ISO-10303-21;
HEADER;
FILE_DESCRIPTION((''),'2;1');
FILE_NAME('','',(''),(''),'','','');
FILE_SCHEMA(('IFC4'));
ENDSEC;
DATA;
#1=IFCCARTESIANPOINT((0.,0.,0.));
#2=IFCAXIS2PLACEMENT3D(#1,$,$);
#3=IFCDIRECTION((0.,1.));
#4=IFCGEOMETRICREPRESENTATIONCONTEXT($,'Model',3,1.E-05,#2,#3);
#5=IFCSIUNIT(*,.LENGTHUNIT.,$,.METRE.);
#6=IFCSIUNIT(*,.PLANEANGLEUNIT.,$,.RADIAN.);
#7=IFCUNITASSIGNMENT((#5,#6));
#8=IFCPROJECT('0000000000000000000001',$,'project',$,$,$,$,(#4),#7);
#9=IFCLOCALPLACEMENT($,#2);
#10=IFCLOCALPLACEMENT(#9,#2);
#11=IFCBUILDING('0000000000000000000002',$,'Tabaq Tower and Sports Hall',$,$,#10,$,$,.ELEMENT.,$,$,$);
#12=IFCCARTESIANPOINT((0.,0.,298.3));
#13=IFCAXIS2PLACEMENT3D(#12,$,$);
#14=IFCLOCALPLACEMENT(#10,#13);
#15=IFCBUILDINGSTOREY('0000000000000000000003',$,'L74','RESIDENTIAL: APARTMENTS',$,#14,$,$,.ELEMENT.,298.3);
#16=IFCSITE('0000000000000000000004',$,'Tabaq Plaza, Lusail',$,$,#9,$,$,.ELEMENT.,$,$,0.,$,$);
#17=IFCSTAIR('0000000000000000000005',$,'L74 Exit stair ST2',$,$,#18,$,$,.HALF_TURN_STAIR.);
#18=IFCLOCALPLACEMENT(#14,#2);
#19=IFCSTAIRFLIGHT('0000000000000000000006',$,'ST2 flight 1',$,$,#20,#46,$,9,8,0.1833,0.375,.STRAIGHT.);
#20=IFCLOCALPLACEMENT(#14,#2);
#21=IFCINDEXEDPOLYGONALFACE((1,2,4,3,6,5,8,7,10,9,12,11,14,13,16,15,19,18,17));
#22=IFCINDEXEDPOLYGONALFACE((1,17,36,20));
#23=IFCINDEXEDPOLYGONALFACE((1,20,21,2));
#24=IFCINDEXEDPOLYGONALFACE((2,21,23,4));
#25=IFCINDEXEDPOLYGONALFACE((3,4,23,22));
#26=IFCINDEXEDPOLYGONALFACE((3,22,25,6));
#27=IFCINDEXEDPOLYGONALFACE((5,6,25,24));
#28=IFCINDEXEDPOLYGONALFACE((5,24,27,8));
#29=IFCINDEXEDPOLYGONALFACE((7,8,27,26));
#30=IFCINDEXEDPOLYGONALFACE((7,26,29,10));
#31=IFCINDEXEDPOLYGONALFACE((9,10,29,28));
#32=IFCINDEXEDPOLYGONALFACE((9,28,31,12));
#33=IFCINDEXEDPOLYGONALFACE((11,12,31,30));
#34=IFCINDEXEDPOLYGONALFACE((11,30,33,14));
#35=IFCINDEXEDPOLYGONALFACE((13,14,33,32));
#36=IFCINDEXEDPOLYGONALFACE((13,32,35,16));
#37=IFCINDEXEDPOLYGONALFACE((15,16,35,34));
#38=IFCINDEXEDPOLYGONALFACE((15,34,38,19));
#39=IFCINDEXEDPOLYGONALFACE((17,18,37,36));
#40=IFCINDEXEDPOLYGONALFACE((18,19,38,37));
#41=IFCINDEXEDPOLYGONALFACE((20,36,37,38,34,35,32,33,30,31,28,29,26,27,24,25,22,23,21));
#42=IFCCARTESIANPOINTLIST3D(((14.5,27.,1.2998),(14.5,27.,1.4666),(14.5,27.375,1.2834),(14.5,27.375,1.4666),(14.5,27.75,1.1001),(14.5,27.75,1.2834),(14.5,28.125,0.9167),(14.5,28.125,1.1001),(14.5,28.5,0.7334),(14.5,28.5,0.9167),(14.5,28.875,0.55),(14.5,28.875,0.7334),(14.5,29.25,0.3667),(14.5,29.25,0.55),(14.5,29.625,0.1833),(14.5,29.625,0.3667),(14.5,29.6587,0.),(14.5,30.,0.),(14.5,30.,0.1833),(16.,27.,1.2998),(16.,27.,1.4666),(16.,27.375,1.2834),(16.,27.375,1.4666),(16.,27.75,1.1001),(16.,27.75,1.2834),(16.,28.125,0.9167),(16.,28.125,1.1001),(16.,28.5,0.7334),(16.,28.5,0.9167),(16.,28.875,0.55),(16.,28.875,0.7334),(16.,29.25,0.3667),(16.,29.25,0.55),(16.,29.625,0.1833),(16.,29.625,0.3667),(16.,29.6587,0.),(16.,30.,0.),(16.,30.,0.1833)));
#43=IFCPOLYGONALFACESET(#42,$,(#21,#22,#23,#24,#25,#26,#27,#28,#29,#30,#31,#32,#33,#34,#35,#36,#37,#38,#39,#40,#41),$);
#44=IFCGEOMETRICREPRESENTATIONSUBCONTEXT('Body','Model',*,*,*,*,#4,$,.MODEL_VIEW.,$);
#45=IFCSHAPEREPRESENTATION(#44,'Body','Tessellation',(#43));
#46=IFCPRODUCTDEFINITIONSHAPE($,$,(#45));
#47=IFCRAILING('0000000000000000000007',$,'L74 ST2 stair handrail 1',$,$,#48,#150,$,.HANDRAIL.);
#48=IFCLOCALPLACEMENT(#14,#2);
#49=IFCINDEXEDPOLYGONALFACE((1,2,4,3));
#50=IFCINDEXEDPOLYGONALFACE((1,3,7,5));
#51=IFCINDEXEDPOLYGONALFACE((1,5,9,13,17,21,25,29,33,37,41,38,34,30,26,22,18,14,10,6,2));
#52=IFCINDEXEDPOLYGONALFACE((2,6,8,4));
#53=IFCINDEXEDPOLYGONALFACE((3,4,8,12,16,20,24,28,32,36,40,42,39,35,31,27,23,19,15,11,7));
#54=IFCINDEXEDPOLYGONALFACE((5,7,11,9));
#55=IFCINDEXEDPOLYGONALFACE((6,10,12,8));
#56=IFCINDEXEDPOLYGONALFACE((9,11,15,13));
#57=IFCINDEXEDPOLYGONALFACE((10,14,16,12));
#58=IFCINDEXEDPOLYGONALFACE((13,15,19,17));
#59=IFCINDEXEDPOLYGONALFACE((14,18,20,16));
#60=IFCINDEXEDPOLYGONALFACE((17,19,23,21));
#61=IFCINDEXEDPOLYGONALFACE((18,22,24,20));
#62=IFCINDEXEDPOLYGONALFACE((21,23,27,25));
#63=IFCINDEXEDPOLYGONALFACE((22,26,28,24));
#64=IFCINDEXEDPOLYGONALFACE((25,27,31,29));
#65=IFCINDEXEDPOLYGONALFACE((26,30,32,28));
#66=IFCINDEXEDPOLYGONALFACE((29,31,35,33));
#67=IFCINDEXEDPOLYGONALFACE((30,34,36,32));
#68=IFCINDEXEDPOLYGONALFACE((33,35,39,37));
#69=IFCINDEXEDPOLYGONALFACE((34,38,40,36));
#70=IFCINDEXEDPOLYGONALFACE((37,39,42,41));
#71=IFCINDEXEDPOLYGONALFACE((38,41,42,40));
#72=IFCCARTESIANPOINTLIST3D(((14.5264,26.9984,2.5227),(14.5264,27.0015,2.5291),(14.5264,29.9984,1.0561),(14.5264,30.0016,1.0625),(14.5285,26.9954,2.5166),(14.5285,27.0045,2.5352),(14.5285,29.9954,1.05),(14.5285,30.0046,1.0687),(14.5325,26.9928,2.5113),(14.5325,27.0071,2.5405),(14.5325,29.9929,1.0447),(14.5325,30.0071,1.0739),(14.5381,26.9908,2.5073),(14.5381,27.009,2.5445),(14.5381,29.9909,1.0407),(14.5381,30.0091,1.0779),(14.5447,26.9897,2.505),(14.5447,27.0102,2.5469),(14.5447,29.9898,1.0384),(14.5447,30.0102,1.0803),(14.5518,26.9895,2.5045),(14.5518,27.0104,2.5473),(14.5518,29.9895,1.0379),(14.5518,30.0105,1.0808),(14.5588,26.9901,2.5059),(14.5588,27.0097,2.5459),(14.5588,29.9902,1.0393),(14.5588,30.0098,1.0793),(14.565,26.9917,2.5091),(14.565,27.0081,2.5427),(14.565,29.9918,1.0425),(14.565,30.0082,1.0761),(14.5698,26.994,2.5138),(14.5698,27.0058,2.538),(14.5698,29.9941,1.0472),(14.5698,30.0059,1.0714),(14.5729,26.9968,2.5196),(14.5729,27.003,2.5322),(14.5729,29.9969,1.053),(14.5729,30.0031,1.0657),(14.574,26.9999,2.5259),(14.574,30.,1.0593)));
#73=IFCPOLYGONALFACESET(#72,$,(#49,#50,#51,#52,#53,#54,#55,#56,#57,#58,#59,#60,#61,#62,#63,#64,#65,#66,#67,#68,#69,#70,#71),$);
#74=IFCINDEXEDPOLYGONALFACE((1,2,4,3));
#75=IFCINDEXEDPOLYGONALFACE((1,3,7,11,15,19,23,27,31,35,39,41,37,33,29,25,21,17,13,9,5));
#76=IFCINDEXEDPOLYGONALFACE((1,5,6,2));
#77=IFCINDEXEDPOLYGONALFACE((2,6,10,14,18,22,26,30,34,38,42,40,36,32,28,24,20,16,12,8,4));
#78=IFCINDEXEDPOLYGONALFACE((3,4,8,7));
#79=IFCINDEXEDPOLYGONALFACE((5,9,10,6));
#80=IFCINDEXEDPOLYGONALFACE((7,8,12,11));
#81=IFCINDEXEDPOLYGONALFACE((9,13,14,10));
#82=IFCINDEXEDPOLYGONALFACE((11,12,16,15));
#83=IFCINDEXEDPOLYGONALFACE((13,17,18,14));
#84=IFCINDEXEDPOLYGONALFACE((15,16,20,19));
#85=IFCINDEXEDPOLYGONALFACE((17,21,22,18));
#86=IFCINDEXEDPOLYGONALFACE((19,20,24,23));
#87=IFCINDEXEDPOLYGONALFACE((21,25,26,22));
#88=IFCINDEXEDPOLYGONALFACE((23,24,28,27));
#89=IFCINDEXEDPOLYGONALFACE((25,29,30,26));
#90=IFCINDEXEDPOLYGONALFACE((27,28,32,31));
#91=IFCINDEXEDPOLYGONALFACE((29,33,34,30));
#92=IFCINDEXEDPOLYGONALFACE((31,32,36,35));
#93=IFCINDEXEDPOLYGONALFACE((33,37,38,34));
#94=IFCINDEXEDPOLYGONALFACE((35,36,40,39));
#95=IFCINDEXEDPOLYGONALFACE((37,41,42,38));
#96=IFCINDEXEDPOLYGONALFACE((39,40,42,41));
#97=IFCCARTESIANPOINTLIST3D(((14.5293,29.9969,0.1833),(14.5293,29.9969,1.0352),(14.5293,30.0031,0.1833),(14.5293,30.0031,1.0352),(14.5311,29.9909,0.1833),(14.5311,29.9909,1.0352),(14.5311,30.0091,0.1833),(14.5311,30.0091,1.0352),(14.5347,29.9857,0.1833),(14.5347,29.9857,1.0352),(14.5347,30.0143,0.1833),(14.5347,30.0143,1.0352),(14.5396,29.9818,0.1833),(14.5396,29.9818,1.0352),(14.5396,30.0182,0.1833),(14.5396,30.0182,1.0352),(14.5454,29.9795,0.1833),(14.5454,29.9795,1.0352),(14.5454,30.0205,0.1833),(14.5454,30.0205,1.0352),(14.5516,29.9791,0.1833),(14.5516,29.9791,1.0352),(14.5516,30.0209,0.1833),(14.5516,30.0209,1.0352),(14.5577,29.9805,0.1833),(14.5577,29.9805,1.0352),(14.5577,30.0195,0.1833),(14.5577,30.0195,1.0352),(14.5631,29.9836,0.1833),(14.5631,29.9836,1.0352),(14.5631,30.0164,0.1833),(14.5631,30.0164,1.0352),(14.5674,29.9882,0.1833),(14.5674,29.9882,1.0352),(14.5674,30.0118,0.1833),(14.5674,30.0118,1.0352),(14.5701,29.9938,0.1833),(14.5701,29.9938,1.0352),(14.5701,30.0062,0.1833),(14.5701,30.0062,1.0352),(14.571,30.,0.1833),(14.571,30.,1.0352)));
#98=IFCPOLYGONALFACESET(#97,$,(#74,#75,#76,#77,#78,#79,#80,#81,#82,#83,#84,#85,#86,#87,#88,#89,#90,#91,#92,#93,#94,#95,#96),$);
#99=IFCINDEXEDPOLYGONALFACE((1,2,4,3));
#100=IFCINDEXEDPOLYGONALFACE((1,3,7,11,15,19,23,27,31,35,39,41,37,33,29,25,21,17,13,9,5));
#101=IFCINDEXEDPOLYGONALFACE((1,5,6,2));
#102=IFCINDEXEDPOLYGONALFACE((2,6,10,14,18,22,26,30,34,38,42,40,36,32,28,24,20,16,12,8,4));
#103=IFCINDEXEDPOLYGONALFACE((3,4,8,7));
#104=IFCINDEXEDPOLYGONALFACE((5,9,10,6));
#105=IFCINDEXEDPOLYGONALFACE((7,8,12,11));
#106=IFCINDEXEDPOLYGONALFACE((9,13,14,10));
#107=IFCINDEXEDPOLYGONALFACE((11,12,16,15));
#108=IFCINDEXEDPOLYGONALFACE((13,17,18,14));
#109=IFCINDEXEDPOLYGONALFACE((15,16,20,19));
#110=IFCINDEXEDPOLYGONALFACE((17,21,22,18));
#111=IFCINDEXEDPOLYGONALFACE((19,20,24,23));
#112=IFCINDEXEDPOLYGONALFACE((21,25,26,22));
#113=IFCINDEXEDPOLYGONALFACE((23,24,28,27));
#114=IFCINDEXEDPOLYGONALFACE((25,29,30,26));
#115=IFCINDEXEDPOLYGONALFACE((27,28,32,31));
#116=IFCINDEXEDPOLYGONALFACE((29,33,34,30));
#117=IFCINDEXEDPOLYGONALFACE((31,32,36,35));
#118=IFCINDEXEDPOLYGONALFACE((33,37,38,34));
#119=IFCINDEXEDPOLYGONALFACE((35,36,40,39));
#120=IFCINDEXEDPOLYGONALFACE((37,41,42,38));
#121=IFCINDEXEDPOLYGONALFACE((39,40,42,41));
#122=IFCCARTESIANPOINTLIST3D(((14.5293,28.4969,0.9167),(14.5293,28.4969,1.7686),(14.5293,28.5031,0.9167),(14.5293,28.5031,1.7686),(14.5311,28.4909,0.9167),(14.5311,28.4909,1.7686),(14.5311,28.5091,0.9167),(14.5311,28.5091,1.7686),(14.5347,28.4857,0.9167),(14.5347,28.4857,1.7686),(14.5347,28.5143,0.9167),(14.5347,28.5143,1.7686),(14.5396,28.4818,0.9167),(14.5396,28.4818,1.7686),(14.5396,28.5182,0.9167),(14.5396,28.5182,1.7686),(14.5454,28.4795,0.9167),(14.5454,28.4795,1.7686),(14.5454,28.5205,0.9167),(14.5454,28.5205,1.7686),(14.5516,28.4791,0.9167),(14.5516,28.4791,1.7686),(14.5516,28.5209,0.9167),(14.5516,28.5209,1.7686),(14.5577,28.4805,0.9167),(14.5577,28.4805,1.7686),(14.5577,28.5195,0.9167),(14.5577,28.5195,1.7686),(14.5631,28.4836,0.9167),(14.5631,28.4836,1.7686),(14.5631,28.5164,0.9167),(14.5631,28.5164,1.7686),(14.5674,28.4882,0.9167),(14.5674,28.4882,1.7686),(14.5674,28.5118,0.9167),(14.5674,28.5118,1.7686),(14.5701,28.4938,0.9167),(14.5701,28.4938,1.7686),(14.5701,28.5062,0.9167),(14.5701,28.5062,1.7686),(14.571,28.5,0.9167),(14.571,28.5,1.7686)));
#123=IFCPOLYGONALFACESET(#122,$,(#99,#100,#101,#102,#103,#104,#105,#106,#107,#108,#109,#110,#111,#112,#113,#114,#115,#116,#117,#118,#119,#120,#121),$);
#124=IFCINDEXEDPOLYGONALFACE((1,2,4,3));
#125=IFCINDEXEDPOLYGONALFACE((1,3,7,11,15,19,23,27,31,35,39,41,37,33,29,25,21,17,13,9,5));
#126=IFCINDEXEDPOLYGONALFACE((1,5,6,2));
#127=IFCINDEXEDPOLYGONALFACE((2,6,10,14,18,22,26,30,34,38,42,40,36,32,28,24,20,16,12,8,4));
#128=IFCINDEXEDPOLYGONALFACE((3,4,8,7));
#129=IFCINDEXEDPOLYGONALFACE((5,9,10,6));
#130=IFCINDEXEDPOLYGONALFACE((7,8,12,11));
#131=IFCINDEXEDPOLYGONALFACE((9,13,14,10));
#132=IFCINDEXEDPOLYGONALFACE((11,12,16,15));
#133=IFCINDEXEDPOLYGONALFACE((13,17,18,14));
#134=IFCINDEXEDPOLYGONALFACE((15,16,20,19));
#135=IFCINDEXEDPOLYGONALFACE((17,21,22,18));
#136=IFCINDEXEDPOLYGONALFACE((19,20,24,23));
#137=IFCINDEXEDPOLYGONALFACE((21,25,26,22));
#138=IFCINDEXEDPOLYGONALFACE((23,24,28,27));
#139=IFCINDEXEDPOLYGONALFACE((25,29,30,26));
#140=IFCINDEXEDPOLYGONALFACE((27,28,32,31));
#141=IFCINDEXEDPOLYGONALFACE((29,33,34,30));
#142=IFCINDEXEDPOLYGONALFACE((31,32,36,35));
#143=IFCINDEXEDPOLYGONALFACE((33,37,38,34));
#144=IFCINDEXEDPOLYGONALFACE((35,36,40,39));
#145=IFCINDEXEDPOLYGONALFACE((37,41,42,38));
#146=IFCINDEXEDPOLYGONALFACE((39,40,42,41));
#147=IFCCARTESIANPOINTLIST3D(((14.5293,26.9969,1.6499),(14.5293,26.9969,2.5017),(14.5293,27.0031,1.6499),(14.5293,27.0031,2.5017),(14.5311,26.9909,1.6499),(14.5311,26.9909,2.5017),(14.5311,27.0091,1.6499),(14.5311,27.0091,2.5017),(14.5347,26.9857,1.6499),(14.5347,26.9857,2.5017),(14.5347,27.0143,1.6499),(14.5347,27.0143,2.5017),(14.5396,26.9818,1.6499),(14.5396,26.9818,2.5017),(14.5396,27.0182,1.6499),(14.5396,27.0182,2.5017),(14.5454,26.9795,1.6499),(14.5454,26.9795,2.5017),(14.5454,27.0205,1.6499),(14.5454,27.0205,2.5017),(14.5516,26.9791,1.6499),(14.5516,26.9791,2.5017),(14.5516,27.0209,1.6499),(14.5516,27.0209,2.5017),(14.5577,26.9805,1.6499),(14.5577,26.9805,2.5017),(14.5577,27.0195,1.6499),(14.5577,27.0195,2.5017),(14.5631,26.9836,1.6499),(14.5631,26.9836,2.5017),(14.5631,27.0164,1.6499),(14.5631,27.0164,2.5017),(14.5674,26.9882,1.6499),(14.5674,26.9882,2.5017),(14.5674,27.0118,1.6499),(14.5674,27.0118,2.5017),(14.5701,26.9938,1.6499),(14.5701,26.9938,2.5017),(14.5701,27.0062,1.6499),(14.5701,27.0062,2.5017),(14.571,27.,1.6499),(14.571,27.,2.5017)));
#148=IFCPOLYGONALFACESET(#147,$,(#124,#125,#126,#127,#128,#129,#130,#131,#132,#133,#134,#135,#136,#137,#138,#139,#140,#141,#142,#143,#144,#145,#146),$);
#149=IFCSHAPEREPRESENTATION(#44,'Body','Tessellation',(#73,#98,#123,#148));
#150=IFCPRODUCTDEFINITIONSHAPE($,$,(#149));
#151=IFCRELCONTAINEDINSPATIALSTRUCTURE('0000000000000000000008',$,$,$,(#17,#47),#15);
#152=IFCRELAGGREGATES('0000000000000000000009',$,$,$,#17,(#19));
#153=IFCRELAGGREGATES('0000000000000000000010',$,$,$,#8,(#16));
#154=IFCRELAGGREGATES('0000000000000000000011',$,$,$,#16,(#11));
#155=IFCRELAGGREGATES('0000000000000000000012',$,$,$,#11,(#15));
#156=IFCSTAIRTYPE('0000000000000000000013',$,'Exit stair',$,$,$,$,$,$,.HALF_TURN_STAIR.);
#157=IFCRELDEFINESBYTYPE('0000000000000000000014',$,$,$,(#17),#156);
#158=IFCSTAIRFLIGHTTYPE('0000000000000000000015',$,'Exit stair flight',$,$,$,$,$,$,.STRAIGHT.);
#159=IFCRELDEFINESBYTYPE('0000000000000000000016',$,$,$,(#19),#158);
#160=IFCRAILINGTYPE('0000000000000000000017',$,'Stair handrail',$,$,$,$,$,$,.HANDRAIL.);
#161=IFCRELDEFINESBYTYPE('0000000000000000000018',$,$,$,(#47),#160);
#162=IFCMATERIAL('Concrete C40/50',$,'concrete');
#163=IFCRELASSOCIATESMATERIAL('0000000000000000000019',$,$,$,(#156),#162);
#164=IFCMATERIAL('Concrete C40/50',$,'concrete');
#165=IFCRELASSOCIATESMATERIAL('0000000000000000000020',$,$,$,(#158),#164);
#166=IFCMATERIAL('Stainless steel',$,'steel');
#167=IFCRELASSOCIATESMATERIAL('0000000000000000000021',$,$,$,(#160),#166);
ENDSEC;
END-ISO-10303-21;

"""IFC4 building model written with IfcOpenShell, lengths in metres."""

from ifc_helpers import new_model, si_unit, direction, frame, origin, origin_2d, place, context, subcontext, project, spatial, polyline, circle, outline, extrude, material, type_object, element, aggregate, save


model = new_model("IFC4")

# Units and contexts
model_context = context("Model", 3, precision=1e-05, world=origin(), true_north=direction((0.0, 1.0)))
body_context = subcontext(model_context, "Body", "Model", "MODEL_VIEW")
ifc_project = project(units=[si_unit("LENGTHUNIT", "METRE"), si_unit("PLANEANGLEUNIT", "RADIAN")], contexts=[model_context])

# Site, building, storey
site_placement = place(None, origin())
site = spatial("IfcSite", under=ifc_project, at=site_placement, Name="Tabaq Plaza, Lusail", CompositionType="ELEMENT", RefElevation=0.0)
building_placement = place(site_placement, origin())
building = spatial("IfcBuilding", under=site, at=building_placement, Name="Tabaq Tower and Sports Hall", CompositionType="ELEMENT")
storey_placement = place(building_placement, frame((0.0, 0.0, 298.3)))
storey = spatial("IfcBuildingStorey", under=building, at=storey_placement, Name="L74", Description="RESIDENTIAL: APARTMENTS", CompositionType="ELEMENT", Elevation=298.3)

# Stair, stair flight
ifc_material_1 = material(Name="Concrete C40/50", Category="concrete")
stair_type = type_object("IfcStairType", Name="Exit stair", PredefinedType="HALF_TURN_STAIR", material=ifc_material_1)
stair_placement = place(storey_placement, origin())
stair = element("IfcStair", 1, at=stair_placement, inside=storey, type_object=stair_type, Name="L74 Exit stair ST2", PredefinedType="HALF_TURN_STAIR")
ifc_material_2 = material(Name="Concrete C40/50", Category="concrete")
stair_flight_type = type_object("IfcStairFlightType", Name="Exit stair flight", PredefinedType="STRAIGHT", material=ifc_material_2)
stair_flight_placement = place(storey_placement, frame((15.25, 30.0, 0.0), z_axis=(0.0, 0.0, 1.0), x_axis=(0.0, -1.0, 0.0)))
stair_flight = element("IfcStairFlight", 2, at=stair_flight_placement, type_object=stair_flight_type, Name="ST2 flight 1", NumberOfRisers=9, NumberOfTreads=8, PredefinedType="STRAIGHT", RiserHeight=0.1833, TreadLength=0.375, context=body_context, shape_type="SweptSolid", body=[
    extrude(outline(polyline([(0.0, 0.0), (0.0, 0.1833), (0.375, 0.1833), (0.375, 0.3667), (0.75, 0.3667), (0.75, 0.55), (1.125, 0.55), (1.125, 0.7334), (1.5, 0.7334), (1.5, 0.9167), (1.875, 0.9167), (1.875, 1.1001), (2.25, 1.1001), (2.25, 1.2834), (2.625, 1.2834), (2.625, 1.4666), (3.0, 1.4666), (3.0, 1.6499), (3.0, 1.2998), (0.3413, 0.0), (0.0, 0.0)])), frame((0.0, 0.75, 0.0), z_axis=(0.0, -1.0, 0.0), x_axis=(1.0, 0.0, 0.0)), (0.0, 0.0, 1.0), 1.5),
])
aggregate(stair, [stair_flight])

# Railing
ifc_material_3 = material(Name="Stainless steel", Category="steel")
railing_type = type_object("IfcRailingType", Name="Stair handrail", PredefinedType="HANDRAIL", material=ifc_material_3)
railing_placement = place(storey_placement, frame((14.55, 30.0, 0.1833)))
element("IfcRailing", 3, at=railing_placement, inside=storey, type_object=railing_type, Name="L74 ST2 stair handrail 1", PredefinedType="HANDRAIL", context=body_context, shape_type="SweptSolid", body=[
    extrude(circle(Radius=0.0239, at=origin_2d()), frame((0.0, 0.0, 0.876), z_axis=(0.0, -0.898398, 0.439183), x_axis=(1.0, 0.0, 0.0)), (0.0, 0.0, 1.0), 3.3394),
    extrude(circle(Radius=0.021, at=origin_2d()), origin(), (0.0, 0.0, 1.0), 0.8518),
    extrude(circle(Radius=0.021, at=origin_2d()), frame((0.0, -1.5, 0.7334)), (0.0, 0.0, 1.0), 0.8518),
    extrude(circle(Radius=0.021, at=origin_2d()), frame((0.0, -3.0, 1.4666)), (0.0, 0.0, 1.0), 0.8518),
])

save(model, "model.ifc")
